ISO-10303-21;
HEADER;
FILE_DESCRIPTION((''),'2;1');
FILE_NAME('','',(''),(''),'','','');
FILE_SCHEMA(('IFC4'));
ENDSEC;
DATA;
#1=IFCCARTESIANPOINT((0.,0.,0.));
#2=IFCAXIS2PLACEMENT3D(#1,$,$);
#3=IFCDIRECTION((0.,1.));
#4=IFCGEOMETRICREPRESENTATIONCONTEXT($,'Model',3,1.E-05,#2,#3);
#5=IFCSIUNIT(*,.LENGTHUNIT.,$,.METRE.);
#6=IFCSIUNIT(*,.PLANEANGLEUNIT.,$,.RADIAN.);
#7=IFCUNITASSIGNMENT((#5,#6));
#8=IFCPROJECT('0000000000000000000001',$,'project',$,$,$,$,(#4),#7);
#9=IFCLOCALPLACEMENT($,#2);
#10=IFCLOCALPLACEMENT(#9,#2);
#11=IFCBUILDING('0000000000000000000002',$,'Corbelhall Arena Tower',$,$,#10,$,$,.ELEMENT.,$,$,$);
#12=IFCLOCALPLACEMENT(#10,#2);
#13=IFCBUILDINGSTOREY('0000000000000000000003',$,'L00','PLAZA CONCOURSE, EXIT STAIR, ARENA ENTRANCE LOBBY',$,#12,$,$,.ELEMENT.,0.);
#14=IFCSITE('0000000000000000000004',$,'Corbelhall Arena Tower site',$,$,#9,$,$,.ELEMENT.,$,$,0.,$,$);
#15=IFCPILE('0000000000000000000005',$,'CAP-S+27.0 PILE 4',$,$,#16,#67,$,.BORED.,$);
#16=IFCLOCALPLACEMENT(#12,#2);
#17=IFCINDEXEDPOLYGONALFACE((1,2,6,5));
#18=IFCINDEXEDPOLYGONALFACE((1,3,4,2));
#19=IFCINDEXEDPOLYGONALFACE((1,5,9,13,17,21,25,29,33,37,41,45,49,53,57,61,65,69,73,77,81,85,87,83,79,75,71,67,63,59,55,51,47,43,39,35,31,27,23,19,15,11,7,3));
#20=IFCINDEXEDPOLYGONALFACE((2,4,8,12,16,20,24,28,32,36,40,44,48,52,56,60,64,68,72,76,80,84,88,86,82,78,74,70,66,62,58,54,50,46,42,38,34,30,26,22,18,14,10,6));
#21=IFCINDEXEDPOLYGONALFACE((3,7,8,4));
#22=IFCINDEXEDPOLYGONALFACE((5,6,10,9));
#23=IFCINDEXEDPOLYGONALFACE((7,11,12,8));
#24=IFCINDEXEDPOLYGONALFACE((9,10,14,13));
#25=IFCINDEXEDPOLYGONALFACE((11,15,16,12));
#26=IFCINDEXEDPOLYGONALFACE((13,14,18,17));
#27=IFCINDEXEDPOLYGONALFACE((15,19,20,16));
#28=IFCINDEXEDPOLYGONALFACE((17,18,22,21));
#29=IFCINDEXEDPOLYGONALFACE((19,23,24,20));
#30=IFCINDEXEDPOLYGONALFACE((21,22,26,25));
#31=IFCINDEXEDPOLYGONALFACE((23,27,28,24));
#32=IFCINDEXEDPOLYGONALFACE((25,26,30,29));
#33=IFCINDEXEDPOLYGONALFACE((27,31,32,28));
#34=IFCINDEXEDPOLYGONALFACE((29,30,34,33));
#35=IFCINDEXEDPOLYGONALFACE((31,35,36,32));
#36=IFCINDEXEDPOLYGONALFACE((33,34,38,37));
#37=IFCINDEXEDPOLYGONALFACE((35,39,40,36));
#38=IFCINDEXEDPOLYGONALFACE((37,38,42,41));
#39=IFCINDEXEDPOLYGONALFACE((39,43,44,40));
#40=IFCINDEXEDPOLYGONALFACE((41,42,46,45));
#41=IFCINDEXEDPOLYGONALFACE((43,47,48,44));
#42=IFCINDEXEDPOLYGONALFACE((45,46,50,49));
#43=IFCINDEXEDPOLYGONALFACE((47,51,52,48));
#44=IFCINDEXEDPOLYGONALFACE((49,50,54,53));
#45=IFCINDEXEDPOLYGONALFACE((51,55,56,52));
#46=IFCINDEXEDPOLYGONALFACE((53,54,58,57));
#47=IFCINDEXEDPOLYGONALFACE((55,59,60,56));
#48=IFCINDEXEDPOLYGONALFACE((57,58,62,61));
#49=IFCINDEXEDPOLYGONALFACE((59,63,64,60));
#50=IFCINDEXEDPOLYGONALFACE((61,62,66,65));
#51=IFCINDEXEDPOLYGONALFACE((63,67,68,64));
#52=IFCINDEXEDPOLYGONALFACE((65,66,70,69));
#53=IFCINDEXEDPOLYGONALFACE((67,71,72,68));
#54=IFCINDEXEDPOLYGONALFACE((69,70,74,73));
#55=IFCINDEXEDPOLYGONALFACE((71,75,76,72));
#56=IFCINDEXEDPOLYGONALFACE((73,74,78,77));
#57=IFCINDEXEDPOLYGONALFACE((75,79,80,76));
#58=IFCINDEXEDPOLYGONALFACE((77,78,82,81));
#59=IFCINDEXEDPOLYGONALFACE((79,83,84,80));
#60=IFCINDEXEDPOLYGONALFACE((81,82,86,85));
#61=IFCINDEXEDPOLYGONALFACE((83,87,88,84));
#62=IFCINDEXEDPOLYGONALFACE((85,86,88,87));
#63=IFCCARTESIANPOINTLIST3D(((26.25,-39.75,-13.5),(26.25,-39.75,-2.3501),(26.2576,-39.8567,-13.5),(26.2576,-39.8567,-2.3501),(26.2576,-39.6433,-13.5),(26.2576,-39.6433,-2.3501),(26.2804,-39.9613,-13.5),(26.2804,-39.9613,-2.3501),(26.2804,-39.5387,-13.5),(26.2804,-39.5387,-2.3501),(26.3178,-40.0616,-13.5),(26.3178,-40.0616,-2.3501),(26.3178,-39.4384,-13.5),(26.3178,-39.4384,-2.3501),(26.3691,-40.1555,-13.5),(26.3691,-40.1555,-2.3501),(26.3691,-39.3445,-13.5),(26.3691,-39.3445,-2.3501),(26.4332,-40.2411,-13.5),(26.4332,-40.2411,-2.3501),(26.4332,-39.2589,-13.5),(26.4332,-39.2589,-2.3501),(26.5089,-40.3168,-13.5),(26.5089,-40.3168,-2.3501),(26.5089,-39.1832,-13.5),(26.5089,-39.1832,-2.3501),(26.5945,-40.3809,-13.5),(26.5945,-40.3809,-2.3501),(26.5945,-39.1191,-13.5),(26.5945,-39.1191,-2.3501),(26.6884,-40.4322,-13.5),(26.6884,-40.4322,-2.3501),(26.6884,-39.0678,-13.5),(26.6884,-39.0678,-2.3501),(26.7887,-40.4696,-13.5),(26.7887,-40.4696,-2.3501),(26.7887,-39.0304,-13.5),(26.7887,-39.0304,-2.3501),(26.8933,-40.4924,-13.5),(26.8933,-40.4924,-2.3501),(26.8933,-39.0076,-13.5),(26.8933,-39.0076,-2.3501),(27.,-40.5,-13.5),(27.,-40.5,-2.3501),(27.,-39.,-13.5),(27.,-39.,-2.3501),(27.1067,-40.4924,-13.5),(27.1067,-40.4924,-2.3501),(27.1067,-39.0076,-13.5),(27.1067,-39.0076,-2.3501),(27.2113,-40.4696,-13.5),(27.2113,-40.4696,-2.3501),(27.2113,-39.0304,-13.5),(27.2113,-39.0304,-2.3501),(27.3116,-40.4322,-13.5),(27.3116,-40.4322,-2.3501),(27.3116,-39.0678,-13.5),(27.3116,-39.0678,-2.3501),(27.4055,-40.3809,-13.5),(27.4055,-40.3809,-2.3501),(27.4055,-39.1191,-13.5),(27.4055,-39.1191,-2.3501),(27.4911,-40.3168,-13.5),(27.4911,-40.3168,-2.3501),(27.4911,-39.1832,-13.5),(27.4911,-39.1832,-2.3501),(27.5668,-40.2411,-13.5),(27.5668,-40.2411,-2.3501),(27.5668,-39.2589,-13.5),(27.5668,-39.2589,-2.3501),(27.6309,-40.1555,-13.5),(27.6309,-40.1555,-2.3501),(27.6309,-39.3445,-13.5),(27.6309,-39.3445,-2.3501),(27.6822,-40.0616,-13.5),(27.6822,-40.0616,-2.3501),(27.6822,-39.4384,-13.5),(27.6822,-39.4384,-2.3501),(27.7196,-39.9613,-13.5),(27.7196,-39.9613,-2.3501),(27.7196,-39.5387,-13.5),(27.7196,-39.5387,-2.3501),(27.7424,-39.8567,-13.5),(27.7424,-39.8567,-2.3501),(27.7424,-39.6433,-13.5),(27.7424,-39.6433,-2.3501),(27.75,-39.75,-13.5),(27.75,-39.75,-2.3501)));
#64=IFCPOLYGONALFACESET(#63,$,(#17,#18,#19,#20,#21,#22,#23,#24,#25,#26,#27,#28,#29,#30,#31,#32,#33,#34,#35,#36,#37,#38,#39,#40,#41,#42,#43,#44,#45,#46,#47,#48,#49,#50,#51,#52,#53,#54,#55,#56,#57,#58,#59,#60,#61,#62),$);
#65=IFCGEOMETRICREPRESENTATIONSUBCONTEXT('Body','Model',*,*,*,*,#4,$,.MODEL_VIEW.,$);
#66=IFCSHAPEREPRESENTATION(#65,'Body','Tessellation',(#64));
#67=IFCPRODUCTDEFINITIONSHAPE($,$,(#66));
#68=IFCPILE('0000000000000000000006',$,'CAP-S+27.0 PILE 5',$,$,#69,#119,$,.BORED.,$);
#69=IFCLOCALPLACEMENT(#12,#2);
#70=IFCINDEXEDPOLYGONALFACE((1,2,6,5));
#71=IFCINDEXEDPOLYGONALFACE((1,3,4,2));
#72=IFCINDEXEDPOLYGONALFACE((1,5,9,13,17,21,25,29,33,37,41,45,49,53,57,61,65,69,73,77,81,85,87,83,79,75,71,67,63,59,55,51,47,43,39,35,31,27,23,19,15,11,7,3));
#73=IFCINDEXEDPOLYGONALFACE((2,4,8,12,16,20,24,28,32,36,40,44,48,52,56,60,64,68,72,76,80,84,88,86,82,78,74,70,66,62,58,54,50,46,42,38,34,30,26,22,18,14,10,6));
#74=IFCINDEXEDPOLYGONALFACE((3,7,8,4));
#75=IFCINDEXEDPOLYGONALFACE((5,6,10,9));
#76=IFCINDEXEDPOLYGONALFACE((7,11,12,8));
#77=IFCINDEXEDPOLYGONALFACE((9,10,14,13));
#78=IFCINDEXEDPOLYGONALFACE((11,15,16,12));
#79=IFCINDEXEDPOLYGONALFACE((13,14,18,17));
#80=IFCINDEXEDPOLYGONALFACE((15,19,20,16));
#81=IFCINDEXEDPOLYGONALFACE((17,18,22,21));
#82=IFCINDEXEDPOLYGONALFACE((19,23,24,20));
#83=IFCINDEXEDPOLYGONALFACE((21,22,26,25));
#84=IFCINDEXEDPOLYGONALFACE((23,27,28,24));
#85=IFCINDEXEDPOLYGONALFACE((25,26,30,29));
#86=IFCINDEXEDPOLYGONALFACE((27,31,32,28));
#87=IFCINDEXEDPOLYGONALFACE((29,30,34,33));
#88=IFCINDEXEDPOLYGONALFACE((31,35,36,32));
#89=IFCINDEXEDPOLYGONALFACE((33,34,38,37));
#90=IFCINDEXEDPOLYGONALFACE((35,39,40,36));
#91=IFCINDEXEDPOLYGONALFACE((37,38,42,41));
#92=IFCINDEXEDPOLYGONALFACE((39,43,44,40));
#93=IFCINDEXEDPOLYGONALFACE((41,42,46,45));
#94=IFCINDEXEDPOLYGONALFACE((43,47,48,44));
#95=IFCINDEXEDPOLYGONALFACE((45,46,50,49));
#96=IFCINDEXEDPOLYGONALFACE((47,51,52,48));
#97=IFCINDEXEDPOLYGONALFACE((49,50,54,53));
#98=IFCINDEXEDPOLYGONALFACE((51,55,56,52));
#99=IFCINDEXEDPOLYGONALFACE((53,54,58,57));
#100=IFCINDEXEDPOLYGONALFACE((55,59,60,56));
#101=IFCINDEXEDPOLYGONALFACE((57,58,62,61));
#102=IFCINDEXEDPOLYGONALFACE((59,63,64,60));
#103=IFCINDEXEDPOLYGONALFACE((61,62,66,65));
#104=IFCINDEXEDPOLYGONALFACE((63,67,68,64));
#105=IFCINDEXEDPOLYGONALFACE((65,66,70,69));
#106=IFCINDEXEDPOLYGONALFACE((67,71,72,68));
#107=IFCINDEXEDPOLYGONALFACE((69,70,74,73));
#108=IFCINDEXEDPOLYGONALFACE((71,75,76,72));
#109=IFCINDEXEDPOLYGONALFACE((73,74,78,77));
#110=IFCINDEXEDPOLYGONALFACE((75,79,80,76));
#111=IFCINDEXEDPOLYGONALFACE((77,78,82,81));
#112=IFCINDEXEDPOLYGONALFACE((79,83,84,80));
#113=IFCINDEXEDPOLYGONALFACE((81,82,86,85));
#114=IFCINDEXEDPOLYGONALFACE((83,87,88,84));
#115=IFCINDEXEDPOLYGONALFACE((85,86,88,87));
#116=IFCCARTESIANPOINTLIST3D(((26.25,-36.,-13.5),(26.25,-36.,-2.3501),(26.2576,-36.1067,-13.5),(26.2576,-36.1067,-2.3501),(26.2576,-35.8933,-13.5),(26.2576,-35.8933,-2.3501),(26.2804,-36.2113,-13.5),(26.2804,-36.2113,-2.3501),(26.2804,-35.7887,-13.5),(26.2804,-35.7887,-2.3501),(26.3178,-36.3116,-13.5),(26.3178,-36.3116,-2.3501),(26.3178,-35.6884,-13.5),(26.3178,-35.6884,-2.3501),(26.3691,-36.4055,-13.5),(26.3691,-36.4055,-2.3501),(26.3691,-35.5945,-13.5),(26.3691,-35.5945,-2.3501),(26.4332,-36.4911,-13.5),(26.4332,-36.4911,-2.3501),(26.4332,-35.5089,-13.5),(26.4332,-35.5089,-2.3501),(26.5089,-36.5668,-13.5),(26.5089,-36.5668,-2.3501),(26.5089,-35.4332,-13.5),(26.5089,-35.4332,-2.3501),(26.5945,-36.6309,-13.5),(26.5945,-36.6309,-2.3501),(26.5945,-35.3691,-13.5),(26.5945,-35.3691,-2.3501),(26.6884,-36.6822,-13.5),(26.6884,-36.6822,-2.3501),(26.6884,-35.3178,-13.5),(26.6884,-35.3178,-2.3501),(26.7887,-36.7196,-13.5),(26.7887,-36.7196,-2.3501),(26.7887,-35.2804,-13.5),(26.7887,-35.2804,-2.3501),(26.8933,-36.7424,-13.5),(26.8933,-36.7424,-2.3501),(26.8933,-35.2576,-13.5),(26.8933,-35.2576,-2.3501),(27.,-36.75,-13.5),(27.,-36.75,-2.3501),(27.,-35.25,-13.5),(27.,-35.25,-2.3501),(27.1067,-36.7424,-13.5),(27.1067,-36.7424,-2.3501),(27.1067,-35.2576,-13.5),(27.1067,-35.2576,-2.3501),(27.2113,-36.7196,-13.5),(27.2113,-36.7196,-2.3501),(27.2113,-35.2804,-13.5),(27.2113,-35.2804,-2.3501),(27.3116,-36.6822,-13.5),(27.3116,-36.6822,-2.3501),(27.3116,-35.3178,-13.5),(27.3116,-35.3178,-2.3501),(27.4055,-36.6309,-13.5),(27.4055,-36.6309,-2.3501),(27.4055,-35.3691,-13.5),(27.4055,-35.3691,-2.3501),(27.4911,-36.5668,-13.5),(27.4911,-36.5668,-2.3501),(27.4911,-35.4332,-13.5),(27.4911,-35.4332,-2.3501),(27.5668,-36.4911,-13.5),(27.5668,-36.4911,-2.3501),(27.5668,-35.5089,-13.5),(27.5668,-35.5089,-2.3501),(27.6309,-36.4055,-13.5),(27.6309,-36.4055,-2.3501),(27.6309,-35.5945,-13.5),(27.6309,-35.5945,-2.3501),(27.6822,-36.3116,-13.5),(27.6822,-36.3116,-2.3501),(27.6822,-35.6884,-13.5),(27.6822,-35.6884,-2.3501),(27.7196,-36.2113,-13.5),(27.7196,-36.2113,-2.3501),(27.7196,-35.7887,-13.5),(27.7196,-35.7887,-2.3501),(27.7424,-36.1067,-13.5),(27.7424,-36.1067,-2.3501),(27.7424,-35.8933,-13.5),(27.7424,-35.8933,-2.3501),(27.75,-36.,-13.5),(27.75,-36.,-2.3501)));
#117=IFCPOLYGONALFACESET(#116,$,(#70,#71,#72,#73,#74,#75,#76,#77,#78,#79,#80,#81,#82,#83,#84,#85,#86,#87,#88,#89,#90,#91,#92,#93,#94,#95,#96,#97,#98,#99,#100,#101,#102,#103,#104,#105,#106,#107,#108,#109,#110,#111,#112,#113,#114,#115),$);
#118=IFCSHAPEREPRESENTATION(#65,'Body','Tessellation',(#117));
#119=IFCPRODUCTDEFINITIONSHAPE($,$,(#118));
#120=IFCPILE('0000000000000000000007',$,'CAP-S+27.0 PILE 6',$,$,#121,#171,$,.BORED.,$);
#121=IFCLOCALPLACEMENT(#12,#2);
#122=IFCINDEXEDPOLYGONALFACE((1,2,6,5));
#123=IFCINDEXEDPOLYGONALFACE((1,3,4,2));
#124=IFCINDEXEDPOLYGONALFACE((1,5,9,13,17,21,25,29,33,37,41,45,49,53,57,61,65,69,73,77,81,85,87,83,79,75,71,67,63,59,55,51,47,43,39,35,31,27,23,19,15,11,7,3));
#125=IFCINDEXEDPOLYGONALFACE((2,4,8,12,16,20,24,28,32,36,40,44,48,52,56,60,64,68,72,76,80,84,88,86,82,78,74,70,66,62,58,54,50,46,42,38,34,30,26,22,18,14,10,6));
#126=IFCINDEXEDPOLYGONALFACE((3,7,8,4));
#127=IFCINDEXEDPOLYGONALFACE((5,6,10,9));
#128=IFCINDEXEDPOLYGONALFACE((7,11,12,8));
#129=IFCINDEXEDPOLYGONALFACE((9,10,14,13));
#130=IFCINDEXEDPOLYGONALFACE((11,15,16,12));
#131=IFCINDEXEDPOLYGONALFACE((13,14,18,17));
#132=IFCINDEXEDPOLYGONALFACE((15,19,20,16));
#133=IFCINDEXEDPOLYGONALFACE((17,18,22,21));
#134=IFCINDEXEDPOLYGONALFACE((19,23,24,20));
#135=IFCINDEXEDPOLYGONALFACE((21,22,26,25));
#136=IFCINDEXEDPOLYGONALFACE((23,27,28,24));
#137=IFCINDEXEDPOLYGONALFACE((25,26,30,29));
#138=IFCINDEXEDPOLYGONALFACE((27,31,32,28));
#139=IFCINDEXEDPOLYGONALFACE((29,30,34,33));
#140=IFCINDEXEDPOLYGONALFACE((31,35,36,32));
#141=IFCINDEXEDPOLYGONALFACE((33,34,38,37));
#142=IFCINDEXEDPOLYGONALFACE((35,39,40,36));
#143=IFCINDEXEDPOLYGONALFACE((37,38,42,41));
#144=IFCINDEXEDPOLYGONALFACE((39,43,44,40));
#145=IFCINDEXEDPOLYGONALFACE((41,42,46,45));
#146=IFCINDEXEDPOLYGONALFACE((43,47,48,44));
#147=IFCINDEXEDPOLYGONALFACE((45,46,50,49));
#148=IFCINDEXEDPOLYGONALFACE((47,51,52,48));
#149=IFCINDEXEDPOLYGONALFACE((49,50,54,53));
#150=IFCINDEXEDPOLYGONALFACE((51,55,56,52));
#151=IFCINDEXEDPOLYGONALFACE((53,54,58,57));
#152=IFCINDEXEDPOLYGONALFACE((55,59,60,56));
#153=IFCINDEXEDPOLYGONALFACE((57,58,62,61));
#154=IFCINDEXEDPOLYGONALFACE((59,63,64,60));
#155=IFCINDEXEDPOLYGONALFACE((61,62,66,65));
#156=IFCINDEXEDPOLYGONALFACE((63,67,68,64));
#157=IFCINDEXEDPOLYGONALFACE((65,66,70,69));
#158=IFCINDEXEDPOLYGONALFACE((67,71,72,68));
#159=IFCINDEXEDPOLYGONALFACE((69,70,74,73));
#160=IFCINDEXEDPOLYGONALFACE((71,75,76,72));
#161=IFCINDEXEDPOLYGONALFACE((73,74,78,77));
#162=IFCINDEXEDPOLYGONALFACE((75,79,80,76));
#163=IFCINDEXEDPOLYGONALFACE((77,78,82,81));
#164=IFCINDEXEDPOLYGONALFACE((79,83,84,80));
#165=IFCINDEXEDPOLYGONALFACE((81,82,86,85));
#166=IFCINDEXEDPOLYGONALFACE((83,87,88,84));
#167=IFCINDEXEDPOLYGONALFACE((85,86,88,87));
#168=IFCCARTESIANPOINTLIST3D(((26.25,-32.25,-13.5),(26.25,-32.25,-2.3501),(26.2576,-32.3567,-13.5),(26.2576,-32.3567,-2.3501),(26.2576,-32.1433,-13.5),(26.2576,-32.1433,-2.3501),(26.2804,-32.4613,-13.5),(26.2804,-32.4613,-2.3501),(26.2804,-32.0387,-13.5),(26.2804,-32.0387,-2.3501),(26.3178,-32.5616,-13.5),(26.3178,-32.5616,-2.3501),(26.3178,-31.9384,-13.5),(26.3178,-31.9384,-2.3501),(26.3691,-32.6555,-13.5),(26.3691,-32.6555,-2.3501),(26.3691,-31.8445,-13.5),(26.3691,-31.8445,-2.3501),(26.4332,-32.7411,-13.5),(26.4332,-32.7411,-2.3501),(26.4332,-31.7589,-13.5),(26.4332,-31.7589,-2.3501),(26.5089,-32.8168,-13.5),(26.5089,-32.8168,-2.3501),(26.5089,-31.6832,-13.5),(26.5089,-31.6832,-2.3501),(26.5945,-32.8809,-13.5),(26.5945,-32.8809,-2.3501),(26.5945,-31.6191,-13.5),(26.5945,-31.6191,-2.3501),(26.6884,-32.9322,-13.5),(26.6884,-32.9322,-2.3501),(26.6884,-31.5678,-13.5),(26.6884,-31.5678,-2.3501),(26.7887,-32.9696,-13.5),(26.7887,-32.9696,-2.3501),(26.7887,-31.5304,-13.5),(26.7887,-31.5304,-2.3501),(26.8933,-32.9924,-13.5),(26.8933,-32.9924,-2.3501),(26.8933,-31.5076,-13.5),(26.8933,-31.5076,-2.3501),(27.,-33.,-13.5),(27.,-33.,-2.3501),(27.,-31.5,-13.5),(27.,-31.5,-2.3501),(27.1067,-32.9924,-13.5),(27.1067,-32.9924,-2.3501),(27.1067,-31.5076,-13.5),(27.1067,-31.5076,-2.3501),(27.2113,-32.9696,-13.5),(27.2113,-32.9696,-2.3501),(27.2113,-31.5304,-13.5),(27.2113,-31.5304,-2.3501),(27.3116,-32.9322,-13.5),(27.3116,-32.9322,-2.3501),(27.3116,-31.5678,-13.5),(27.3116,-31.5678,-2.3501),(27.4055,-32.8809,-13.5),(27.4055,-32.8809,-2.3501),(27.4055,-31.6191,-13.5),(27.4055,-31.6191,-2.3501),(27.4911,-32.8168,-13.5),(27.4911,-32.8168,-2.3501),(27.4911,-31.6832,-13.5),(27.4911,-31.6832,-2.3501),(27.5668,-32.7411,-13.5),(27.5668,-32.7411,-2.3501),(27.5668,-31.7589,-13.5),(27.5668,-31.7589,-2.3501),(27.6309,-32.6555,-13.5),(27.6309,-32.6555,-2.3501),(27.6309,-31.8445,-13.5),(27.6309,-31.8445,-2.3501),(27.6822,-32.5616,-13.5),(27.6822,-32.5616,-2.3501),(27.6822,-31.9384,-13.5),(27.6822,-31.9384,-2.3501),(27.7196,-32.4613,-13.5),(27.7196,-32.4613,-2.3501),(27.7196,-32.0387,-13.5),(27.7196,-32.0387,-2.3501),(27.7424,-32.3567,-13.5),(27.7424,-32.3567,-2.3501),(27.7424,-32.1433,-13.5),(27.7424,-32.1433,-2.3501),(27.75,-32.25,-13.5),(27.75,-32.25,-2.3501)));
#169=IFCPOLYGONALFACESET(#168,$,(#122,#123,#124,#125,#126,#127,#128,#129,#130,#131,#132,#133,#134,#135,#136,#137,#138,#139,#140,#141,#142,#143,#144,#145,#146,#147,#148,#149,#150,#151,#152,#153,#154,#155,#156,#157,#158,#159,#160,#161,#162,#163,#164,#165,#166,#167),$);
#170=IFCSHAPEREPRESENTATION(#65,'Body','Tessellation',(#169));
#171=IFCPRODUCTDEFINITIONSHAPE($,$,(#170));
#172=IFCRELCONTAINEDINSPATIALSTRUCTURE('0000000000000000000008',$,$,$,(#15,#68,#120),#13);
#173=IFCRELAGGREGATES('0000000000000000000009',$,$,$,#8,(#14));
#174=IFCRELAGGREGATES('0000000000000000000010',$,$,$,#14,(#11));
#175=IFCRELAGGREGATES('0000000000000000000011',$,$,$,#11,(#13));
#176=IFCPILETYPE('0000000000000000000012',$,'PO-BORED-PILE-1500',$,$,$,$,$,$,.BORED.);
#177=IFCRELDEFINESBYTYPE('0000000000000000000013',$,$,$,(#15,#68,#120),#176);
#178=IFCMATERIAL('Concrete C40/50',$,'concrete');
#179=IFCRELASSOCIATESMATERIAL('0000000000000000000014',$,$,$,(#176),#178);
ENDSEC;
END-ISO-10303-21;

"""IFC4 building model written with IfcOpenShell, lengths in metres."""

from ifc_helpers import new_model, si_unit, direction, frame, origin, origin_2d, place, context, subcontext, project, spatial, circle, extrude, material, material_profile, profile_set, type_object, element, save


model = new_model("IFC4")

# Units and contexts
model_context = context("Model", 3, precision=1e-05, world=origin(), true_north=direction((0.0, 1.0)))
body_context = subcontext(model_context, "Body", "Model", "MODEL_VIEW")
ifc_project = project(units=[si_unit("LENGTHUNIT", "METRE"), si_unit("PLANEANGLEUNIT", "RADIAN")], contexts=[model_context])

# Site, building, storey
site_placement = place(None, origin())
site = spatial("IfcSite", under=ifc_project, at=site_placement, Name="Corbelhall Arena Tower site", CompositionType="ELEMENT", RefElevation=0.0)
building_placement = place(site_placement, origin())
building = spatial("IfcBuilding", under=site, at=building_placement, Name="Corbelhall Arena Tower", CompositionType="ELEMENT")
storey_placement = place(building_placement, origin())
storey = spatial("IfcBuildingStorey", under=building, at=storey_placement, Name="L00", Description="PLAZA CONCOURSE, EXIT STAIR, ARENA ENTRANCE LOBBY", CompositionType="ELEMENT", Elevation=0.0)

# Piles
ifc_material_1 = material(Name="Concrete C40/50", Category="concrete")
ifc_material_profile_1 = material_profile(ifc_material_1, circle(Radius=0.75, at=origin_2d()))
ifc_profile_set_1 = profile_set([ifc_material_profile_1], Name="Concrete C40/50")
pile_type = type_object("IfcPileType", Name="PO-BORED-PILE-1500", PredefinedType="BORED", material=ifc_profile_set_1)
for number, where, z_axis, x_axis, name in (
    (1, (27.0, -39.75, -2.3501), (0.0, 0.0, -1.0), (1.0, 0.0, 0.0), "CAP-S+27.0 PILE 4"),
    (2, (27.0, -36.0, -2.3501), (0.0, 0.0, -1.0), (1.0, 0.0, 0.0), "CAP-S+27.0 PILE 5"),
    (3, (27.0, -32.25, -2.3501), (0.0, 0.0, -1.0), (1.0, 0.0, 0.0), "CAP-S+27.0 PILE 6"),
):
    element("IfcPile", number, at=place(storey_placement, frame(where, z_axis=z_axis, x_axis=x_axis)), inside=storey, type_object=pile_type, Name=name, PredefinedType="BORED", context=body_context, shape_type="SweptSolid", body=[
        extrude(circle(Radius=0.75, at=origin_2d()), origin(), (0.0, 0.0, 1.0), 11.1499),
    ])

save(model, "model.ifc")
